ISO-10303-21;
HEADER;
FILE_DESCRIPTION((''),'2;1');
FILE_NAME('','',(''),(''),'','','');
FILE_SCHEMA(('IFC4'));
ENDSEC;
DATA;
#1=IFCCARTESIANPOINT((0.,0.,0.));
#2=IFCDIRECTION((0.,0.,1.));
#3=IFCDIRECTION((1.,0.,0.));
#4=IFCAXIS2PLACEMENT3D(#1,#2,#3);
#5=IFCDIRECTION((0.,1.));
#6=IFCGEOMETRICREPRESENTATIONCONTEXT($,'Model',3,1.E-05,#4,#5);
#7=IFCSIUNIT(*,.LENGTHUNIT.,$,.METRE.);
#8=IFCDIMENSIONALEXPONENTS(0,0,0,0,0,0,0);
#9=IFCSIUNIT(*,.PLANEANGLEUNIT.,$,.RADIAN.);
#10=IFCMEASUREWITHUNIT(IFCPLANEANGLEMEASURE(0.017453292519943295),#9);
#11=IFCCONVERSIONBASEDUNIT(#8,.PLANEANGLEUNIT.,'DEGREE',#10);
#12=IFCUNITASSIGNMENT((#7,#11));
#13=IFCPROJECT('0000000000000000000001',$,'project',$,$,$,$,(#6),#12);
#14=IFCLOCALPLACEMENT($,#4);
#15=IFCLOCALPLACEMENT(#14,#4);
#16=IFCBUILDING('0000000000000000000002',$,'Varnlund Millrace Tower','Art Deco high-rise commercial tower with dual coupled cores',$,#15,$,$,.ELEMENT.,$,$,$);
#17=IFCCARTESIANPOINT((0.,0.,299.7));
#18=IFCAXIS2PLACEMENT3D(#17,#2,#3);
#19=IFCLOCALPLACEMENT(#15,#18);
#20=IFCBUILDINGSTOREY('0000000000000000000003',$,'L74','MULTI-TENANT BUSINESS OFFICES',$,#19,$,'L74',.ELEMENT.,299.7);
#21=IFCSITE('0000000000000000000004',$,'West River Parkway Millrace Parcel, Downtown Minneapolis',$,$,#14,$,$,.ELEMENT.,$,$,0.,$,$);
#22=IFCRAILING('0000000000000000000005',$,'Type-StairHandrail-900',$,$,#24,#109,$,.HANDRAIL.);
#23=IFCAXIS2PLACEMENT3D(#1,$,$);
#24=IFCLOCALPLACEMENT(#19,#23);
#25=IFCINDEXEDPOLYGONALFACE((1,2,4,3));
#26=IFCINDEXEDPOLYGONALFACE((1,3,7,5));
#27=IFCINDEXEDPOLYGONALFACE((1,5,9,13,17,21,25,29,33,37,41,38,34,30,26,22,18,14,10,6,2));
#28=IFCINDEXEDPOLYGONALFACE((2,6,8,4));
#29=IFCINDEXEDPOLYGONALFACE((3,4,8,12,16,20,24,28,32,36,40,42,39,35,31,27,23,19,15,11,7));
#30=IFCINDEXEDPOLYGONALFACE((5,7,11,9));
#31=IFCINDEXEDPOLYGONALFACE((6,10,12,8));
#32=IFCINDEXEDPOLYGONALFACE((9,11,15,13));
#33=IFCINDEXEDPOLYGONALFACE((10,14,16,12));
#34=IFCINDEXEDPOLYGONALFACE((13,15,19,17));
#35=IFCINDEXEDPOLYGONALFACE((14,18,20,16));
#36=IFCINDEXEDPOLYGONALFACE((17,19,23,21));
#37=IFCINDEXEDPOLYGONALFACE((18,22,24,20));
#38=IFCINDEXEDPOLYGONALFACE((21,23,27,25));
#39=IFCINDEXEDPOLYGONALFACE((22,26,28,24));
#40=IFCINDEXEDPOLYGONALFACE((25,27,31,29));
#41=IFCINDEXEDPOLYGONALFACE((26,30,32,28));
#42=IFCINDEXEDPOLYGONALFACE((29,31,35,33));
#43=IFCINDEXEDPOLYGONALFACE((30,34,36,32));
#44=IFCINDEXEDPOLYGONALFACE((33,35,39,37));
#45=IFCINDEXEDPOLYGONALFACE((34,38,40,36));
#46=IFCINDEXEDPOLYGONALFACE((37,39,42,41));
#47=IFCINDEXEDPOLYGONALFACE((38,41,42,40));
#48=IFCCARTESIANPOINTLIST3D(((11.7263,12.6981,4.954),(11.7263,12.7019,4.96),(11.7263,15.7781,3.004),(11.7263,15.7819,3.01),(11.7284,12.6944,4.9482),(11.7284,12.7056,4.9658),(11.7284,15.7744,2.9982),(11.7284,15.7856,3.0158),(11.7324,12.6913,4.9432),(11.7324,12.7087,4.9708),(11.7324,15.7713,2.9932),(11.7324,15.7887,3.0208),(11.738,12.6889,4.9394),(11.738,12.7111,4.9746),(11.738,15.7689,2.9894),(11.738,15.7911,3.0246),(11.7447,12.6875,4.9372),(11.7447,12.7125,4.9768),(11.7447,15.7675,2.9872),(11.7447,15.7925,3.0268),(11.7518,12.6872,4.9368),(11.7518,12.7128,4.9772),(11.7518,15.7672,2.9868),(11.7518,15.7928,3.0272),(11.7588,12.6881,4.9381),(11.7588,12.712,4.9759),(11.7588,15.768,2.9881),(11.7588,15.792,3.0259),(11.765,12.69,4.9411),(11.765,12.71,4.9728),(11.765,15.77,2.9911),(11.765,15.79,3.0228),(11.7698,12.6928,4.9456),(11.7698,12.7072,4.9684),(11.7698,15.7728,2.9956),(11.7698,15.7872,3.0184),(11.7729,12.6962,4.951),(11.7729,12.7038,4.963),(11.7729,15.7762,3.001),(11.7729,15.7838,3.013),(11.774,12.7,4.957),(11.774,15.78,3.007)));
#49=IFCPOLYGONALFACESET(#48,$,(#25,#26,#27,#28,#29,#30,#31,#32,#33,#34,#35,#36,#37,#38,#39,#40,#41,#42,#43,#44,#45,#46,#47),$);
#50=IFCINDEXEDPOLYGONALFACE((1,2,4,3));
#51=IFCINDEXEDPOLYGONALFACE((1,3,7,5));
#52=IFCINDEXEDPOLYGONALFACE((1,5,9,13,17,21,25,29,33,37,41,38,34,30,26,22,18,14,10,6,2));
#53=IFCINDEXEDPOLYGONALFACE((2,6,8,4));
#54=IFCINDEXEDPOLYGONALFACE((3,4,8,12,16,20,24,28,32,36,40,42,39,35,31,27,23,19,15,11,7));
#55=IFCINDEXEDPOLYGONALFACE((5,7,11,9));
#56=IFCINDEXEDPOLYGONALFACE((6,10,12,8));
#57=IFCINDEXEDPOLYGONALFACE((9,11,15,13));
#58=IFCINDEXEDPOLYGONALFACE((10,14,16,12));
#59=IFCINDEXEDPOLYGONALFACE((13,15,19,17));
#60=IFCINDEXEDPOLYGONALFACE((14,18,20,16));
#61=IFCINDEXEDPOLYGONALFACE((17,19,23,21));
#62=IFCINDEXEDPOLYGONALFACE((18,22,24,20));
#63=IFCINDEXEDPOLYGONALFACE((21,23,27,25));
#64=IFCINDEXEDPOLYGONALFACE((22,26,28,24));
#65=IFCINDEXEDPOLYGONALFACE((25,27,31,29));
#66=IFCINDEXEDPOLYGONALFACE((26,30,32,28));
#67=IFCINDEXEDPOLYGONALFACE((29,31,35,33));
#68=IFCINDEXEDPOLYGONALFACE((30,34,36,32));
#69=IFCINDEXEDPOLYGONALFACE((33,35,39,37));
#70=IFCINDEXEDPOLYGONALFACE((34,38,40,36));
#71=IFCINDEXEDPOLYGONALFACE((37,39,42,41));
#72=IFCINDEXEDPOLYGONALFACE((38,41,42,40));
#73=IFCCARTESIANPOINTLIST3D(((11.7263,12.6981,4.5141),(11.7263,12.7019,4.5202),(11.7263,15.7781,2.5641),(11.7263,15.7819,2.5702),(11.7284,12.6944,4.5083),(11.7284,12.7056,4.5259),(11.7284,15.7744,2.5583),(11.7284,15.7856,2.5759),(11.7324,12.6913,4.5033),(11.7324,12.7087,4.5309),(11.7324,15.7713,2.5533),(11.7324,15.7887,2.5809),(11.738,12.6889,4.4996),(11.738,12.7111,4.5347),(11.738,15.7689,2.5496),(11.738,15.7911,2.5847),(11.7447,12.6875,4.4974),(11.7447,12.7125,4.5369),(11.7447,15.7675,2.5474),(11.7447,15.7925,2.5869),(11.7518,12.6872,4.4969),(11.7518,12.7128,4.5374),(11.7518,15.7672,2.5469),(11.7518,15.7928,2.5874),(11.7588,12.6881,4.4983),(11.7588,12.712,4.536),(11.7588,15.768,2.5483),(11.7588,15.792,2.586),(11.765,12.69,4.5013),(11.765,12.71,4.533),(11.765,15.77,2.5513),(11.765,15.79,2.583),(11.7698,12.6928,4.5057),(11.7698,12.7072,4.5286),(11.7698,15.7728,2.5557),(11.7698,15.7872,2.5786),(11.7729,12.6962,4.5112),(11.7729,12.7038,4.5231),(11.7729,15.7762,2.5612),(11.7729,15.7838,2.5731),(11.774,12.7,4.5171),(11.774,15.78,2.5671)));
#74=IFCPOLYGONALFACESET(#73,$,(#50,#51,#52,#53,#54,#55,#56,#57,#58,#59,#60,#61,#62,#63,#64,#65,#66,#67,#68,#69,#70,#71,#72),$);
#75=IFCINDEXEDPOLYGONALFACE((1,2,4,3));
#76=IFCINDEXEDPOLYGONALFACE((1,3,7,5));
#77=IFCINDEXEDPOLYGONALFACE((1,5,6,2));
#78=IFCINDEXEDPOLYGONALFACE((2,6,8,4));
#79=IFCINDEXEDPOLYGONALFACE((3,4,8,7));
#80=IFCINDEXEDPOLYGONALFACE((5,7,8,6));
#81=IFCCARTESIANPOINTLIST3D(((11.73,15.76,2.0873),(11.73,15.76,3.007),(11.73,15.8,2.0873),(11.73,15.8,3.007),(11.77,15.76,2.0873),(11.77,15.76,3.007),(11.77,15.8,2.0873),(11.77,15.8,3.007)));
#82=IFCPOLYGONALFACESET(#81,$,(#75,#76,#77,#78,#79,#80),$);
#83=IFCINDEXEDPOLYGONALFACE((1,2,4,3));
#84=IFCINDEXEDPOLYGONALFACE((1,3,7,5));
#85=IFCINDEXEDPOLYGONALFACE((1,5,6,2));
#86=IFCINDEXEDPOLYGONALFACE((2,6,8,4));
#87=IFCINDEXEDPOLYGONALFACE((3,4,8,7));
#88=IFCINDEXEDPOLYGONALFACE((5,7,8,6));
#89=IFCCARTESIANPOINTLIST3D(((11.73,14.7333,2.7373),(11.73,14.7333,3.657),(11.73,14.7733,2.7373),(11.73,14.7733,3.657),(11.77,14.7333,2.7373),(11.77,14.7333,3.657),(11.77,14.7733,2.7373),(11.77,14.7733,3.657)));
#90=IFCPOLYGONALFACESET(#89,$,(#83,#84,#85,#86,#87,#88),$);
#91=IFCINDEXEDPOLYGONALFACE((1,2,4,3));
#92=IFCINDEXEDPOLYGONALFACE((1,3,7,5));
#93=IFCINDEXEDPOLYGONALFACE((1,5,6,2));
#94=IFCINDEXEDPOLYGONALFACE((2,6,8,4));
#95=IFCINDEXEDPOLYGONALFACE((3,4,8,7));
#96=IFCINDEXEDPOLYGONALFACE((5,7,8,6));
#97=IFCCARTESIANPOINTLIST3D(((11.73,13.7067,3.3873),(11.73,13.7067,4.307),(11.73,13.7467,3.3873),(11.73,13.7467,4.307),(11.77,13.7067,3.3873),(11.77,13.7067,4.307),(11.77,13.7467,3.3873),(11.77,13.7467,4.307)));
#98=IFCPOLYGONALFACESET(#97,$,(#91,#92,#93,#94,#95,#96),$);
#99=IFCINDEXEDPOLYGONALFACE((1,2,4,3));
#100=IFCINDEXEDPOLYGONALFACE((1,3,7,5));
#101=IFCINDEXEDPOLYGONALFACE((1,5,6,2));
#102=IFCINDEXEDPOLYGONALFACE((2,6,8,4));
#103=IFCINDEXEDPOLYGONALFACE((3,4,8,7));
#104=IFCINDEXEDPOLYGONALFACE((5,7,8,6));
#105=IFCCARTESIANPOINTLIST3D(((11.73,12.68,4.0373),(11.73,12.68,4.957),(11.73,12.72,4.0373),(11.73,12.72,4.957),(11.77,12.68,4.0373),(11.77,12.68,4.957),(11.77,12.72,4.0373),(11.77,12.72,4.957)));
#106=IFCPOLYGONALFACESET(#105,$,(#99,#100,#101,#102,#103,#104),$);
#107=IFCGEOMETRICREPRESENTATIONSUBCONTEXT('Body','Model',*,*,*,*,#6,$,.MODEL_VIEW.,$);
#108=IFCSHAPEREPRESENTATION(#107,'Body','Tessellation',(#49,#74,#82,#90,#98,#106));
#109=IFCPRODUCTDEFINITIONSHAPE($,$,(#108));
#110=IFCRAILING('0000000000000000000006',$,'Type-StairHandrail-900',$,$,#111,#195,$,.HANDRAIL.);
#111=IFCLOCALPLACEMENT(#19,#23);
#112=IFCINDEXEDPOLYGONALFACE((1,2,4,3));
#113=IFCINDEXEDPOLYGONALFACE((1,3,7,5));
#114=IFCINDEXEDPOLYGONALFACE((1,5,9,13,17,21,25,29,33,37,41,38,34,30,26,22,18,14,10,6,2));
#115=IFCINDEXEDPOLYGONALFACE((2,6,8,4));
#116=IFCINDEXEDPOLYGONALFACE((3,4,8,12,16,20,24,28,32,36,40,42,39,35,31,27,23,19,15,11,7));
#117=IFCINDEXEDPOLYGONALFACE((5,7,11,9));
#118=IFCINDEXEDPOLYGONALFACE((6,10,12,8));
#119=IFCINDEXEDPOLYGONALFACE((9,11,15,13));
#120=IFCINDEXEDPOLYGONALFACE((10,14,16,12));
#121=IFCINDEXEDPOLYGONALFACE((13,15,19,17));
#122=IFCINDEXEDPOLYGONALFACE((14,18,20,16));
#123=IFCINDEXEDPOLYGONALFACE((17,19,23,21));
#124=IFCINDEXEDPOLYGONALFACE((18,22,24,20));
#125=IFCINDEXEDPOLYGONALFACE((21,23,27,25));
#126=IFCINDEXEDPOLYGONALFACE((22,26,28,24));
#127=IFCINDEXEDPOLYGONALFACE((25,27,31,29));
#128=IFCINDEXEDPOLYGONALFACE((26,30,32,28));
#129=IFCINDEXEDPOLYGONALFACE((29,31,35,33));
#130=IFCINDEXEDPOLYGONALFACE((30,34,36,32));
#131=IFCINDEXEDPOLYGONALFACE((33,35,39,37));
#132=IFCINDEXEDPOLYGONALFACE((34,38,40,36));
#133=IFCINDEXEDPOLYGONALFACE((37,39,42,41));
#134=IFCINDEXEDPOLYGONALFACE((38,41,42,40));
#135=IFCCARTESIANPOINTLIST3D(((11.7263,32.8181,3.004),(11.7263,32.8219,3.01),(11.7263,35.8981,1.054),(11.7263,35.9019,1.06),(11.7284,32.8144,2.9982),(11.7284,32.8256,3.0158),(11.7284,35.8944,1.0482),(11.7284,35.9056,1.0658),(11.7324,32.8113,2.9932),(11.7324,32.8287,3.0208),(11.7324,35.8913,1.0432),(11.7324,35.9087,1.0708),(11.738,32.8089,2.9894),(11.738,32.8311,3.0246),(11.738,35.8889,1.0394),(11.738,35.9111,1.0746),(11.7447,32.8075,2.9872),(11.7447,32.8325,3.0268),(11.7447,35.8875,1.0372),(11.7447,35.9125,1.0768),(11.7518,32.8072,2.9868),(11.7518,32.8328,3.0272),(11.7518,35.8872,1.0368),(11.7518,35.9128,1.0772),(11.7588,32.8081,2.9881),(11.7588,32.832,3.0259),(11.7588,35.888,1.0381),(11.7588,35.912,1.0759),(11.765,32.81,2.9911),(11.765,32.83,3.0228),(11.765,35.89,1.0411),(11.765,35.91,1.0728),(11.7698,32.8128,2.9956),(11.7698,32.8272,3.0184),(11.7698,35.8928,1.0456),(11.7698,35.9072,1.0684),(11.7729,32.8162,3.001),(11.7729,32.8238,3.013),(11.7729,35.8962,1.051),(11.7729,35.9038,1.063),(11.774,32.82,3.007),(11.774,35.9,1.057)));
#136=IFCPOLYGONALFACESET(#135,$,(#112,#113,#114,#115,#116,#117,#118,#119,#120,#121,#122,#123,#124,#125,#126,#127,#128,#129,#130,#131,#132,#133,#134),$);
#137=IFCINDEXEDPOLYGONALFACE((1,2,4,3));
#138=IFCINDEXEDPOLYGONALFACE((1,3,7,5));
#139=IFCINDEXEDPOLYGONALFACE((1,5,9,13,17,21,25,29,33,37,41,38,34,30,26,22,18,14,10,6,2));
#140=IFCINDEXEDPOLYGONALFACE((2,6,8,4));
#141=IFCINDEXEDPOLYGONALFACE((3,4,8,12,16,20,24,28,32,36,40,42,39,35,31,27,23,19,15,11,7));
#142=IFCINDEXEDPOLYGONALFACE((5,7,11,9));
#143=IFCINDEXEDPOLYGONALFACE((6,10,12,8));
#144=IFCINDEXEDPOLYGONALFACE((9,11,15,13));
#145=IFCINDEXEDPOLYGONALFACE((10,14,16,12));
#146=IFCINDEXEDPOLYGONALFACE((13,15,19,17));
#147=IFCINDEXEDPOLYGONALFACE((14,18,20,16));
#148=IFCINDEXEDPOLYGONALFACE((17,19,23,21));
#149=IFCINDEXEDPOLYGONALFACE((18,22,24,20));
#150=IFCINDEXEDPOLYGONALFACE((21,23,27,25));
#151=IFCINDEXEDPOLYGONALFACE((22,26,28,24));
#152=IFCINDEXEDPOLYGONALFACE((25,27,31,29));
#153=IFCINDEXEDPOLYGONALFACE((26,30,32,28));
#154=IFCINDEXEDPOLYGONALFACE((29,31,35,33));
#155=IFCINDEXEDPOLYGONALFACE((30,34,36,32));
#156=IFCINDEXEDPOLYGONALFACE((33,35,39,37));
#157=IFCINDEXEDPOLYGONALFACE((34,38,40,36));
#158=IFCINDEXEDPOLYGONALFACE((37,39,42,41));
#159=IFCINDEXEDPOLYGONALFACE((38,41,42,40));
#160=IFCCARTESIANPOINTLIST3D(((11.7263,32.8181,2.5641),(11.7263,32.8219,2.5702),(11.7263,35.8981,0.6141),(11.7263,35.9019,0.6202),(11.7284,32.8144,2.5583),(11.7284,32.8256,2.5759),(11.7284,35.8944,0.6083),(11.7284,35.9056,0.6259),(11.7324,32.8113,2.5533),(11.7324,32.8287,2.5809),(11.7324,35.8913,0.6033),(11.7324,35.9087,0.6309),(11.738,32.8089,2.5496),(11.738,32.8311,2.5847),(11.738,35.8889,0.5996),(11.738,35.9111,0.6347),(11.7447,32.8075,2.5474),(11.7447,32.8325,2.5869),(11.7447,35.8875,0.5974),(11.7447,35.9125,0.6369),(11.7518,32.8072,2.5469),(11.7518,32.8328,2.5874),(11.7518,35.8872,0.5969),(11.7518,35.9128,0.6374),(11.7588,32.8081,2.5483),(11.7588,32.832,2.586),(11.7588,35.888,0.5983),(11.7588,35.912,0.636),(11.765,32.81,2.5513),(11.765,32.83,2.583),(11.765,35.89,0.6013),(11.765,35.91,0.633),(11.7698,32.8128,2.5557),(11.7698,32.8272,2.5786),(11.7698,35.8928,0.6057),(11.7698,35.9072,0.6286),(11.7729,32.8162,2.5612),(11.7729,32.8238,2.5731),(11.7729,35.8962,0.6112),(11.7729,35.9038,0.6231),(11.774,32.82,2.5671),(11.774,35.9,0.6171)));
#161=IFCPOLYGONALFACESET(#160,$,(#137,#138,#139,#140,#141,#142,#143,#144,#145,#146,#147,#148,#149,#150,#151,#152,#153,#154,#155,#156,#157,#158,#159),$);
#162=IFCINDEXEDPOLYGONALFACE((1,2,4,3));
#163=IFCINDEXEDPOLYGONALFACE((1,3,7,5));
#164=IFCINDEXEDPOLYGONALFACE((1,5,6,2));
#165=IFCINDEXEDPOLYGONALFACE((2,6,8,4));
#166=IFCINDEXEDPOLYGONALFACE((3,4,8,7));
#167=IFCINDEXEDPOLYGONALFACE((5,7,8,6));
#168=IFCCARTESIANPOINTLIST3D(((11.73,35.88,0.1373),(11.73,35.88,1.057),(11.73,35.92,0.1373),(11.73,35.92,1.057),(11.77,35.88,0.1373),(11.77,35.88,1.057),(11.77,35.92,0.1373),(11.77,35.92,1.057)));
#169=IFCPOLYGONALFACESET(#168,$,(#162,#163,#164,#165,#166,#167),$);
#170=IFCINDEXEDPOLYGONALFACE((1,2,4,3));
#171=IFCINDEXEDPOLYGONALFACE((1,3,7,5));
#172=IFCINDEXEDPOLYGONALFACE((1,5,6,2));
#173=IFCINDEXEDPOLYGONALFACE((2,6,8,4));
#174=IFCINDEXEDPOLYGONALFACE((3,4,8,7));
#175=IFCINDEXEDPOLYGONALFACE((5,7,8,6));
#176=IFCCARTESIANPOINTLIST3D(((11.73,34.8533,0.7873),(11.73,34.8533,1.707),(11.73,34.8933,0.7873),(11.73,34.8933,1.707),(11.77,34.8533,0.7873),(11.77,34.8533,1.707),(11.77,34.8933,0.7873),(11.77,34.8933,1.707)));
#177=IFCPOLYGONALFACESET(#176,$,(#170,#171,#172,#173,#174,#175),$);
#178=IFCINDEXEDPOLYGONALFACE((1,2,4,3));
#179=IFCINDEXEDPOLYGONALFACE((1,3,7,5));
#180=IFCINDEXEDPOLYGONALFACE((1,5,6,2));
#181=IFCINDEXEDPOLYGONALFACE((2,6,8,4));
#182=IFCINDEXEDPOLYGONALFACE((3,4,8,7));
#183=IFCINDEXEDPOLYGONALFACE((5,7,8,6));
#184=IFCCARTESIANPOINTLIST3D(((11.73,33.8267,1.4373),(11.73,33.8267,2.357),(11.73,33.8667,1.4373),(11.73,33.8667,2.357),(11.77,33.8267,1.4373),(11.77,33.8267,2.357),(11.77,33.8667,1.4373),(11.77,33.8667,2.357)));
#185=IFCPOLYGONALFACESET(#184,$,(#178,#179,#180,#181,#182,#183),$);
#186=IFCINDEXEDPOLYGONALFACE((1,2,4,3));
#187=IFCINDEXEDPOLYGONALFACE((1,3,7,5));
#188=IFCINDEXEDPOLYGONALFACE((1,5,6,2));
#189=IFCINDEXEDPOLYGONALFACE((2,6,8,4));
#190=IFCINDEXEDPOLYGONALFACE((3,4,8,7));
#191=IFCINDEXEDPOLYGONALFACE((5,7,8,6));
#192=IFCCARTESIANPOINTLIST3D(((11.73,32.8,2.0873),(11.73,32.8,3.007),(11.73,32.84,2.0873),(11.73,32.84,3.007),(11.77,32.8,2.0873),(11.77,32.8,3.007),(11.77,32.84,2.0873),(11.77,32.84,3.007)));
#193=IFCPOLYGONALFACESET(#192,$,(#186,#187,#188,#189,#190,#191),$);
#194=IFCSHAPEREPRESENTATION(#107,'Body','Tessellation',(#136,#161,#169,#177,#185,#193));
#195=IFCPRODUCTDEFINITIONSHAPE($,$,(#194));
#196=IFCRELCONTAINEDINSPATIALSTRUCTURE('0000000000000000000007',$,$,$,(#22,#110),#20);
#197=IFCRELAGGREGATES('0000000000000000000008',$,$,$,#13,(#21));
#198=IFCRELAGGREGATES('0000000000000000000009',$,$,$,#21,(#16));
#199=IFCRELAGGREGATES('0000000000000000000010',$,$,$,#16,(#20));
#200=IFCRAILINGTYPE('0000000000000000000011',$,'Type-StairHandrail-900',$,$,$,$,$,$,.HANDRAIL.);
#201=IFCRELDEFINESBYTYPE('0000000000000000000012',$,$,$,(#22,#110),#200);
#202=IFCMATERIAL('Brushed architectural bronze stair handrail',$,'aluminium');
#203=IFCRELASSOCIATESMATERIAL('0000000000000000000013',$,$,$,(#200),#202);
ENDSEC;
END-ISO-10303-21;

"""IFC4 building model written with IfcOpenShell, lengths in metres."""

from ifc_helpers import new_model, entity, si_unit, converted_unit, direction, frame, origin_with_axes, origin_2d_with_axis, place, context, subcontext, project, spatial, rectangle, circle, extrude, material, type_object, element, save


model = new_model("IFC4")

# Units and contexts
model_context = context("Model", 3, precision=1e-05, world=origin_with_axes(), true_north=direction((0.0, 1.0)))
body_context = subcontext(model_context, "Body", "Model", "MODEL_VIEW")
ifc_project = project(units=[si_unit("LENGTHUNIT", "METRE"), converted_unit("PLANEANGLEUNIT", "DEGREE", entity("IfcPlaneAngleMeasure", 0.017453292519943295), si_unit("PLANEANGLEUNIT", "RADIAN"), dimensions=[0, 0, 0, 0, 0, 0, 0])], contexts=[model_context])

# Site, building, storey
site_placement = place(None, origin_with_axes())
site = spatial("IfcSite", under=ifc_project, at=site_placement, Name="West River Parkway Millrace Parcel, Downtown Minneapolis", CompositionType="ELEMENT", RefElevation=0.0)
building_placement = place(site_placement, origin_with_axes())
building = spatial("IfcBuilding", under=site, at=building_placement, Name="Varnlund Millrace Tower", Description="Art Deco high-rise commercial tower with dual coupled cores", CompositionType="ELEMENT")
storey_placement = place(building_placement, frame((0.0, 0.0, 299.7), z_axis=(0.0, 0.0, 1.0), x_axis=(1.0, 0.0, 0.0)))
storey = spatial("IfcBuildingStorey", under=building, at=storey_placement, Name="L74", Description="MULTI-TENANT BUSINESS OFFICES", LongName="L74", CompositionType="ELEMENT", Elevation=299.7)

# Railings
ifc_material_1 = material(Name="Brushed architectural bronze stair handrail", Category="aluminium")
railing_type_1 = type_object("IfcRailingType", Name="Type-StairHandrail-900", PredefinedType="HANDRAIL", material=ifc_material_1)
railing_1_placement = place(storey_placement, frame((0.0, 0.0, -299.7), z_axis=(0.0, 0.0, 1.0), x_axis=(1.0, 0.0, 0.0)))
element("IfcRailing", 1, at=railing_1_placement, inside=storey, type_object=railing_type_1, Name="Type-StairHandrail-900", PredefinedType="HANDRAIL", context=body_context, shape_type="SweptSolid", body=[
    extrude(circle(Radius=0.024, at=origin_2d_with_axis()), frame((11.75, 15.78, 302.707), z_axis=(0.0, -0.844902, 0.534922), x_axis=(1.0, 0.0, 0.0)), (0.0, 0.0, 1.0), 3.6454),
    extrude(circle(Radius=0.024, at=origin_2d_with_axis()), frame((11.75, 15.78, 302.2671), z_axis=(0.0, -0.844902, 0.534922), x_axis=(1.0, 0.0, 0.0)), (0.0, 0.0, 1.0), 3.6454),
    extrude(rectangle(XDim=0.04, YDim=0.04, at=origin_2d_with_axis()), frame((11.75, 15.78, 301.7873), z_axis=(0.0, 0.0, 1.0), x_axis=(1.0, 0.0, 0.0)), (0.0, 0.0, 1.0), 0.9197),
    extrude(rectangle(XDim=0.04, YDim=0.04, at=origin_2d_with_axis()), frame((11.75, 14.7533, 302.4373), z_axis=(0.0, 0.0, 1.0), x_axis=(1.0, 0.0, 0.0)), (0.0, 0.0, 1.0), 0.9197),
    extrude(rectangle(XDim=0.04, YDim=0.04, at=origin_2d_with_axis()), frame((11.75, 13.7267, 303.0873), z_axis=(0.0, 0.0, 1.0), x_axis=(1.0, 0.0, 0.0)), (0.0, 0.0, 1.0), 0.9197),
    extrude(rectangle(XDim=0.04, YDim=0.04, at=origin_2d_with_axis()), frame((11.75, 12.7, 303.7373), z_axis=(0.0, 0.0, 1.0), x_axis=(1.0, 0.0, 0.0)), (0.0, 0.0, 1.0), 0.9197),
])
railing_2_placement = place(storey_placement, frame((0.0, 0.0, -299.7), z_axis=(0.0, 0.0, 1.0), x_axis=(1.0, 0.0, 0.0)))
element("IfcRailing", 2, at=railing_2_placement, inside=storey, type_object=railing_type_1, Name="Type-StairHandrail-900", PredefinedType="HANDRAIL", context=body_context, shape_type="SweptSolid", body=[
    extrude(circle(Radius=0.024, at=origin_2d_with_axis()), frame((11.75, 35.9, 300.757), z_axis=(0.0, -0.844902, 0.534922), x_axis=(1.0, 0.0, 0.0)), (0.0, 0.0, 1.0), 3.6454),
    extrude(circle(Radius=0.024, at=origin_2d_with_axis()), frame((11.75, 35.9, 300.3171), z_axis=(0.0, -0.844902, 0.534922), x_axis=(1.0, 0.0, 0.0)), (0.0, 0.0, 1.0), 3.6454),
    extrude(rectangle(XDim=0.04, YDim=0.04, at=origin_2d_with_axis()), frame((11.75, 35.9, 299.8373), z_axis=(0.0, 0.0, 1.0), x_axis=(1.0, 0.0, 0.0)), (0.0, 0.0, 1.0), 0.9197),
    extrude(rectangle(XDim=0.04, YDim=0.04, at=origin_2d_with_axis()), frame((11.75, 34.8733, 300.4873), z_axis=(0.0, 0.0, 1.0), x_axis=(1.0, 0.0, 0.0)), (0.0, 0.0, 1.0), 0.9197),
    extrude(rectangle(XDim=0.04, YDim=0.04, at=origin_2d_with_axis()), frame((11.75, 33.8467, 301.1373), z_axis=(0.0, 0.0, 1.0), x_axis=(1.0, 0.0, 0.0)), (0.0, 0.0, 1.0), 0.9197),
    extrude(rectangle(XDim=0.04, YDim=0.04, at=origin_2d_with_axis()), frame((11.75, 32.82, 301.7873), z_axis=(0.0, 0.0, 1.0), x_axis=(1.0, 0.0, 0.0)), (0.0, 0.0, 1.0), 0.9197),
])

save(model, "model.ifc")
